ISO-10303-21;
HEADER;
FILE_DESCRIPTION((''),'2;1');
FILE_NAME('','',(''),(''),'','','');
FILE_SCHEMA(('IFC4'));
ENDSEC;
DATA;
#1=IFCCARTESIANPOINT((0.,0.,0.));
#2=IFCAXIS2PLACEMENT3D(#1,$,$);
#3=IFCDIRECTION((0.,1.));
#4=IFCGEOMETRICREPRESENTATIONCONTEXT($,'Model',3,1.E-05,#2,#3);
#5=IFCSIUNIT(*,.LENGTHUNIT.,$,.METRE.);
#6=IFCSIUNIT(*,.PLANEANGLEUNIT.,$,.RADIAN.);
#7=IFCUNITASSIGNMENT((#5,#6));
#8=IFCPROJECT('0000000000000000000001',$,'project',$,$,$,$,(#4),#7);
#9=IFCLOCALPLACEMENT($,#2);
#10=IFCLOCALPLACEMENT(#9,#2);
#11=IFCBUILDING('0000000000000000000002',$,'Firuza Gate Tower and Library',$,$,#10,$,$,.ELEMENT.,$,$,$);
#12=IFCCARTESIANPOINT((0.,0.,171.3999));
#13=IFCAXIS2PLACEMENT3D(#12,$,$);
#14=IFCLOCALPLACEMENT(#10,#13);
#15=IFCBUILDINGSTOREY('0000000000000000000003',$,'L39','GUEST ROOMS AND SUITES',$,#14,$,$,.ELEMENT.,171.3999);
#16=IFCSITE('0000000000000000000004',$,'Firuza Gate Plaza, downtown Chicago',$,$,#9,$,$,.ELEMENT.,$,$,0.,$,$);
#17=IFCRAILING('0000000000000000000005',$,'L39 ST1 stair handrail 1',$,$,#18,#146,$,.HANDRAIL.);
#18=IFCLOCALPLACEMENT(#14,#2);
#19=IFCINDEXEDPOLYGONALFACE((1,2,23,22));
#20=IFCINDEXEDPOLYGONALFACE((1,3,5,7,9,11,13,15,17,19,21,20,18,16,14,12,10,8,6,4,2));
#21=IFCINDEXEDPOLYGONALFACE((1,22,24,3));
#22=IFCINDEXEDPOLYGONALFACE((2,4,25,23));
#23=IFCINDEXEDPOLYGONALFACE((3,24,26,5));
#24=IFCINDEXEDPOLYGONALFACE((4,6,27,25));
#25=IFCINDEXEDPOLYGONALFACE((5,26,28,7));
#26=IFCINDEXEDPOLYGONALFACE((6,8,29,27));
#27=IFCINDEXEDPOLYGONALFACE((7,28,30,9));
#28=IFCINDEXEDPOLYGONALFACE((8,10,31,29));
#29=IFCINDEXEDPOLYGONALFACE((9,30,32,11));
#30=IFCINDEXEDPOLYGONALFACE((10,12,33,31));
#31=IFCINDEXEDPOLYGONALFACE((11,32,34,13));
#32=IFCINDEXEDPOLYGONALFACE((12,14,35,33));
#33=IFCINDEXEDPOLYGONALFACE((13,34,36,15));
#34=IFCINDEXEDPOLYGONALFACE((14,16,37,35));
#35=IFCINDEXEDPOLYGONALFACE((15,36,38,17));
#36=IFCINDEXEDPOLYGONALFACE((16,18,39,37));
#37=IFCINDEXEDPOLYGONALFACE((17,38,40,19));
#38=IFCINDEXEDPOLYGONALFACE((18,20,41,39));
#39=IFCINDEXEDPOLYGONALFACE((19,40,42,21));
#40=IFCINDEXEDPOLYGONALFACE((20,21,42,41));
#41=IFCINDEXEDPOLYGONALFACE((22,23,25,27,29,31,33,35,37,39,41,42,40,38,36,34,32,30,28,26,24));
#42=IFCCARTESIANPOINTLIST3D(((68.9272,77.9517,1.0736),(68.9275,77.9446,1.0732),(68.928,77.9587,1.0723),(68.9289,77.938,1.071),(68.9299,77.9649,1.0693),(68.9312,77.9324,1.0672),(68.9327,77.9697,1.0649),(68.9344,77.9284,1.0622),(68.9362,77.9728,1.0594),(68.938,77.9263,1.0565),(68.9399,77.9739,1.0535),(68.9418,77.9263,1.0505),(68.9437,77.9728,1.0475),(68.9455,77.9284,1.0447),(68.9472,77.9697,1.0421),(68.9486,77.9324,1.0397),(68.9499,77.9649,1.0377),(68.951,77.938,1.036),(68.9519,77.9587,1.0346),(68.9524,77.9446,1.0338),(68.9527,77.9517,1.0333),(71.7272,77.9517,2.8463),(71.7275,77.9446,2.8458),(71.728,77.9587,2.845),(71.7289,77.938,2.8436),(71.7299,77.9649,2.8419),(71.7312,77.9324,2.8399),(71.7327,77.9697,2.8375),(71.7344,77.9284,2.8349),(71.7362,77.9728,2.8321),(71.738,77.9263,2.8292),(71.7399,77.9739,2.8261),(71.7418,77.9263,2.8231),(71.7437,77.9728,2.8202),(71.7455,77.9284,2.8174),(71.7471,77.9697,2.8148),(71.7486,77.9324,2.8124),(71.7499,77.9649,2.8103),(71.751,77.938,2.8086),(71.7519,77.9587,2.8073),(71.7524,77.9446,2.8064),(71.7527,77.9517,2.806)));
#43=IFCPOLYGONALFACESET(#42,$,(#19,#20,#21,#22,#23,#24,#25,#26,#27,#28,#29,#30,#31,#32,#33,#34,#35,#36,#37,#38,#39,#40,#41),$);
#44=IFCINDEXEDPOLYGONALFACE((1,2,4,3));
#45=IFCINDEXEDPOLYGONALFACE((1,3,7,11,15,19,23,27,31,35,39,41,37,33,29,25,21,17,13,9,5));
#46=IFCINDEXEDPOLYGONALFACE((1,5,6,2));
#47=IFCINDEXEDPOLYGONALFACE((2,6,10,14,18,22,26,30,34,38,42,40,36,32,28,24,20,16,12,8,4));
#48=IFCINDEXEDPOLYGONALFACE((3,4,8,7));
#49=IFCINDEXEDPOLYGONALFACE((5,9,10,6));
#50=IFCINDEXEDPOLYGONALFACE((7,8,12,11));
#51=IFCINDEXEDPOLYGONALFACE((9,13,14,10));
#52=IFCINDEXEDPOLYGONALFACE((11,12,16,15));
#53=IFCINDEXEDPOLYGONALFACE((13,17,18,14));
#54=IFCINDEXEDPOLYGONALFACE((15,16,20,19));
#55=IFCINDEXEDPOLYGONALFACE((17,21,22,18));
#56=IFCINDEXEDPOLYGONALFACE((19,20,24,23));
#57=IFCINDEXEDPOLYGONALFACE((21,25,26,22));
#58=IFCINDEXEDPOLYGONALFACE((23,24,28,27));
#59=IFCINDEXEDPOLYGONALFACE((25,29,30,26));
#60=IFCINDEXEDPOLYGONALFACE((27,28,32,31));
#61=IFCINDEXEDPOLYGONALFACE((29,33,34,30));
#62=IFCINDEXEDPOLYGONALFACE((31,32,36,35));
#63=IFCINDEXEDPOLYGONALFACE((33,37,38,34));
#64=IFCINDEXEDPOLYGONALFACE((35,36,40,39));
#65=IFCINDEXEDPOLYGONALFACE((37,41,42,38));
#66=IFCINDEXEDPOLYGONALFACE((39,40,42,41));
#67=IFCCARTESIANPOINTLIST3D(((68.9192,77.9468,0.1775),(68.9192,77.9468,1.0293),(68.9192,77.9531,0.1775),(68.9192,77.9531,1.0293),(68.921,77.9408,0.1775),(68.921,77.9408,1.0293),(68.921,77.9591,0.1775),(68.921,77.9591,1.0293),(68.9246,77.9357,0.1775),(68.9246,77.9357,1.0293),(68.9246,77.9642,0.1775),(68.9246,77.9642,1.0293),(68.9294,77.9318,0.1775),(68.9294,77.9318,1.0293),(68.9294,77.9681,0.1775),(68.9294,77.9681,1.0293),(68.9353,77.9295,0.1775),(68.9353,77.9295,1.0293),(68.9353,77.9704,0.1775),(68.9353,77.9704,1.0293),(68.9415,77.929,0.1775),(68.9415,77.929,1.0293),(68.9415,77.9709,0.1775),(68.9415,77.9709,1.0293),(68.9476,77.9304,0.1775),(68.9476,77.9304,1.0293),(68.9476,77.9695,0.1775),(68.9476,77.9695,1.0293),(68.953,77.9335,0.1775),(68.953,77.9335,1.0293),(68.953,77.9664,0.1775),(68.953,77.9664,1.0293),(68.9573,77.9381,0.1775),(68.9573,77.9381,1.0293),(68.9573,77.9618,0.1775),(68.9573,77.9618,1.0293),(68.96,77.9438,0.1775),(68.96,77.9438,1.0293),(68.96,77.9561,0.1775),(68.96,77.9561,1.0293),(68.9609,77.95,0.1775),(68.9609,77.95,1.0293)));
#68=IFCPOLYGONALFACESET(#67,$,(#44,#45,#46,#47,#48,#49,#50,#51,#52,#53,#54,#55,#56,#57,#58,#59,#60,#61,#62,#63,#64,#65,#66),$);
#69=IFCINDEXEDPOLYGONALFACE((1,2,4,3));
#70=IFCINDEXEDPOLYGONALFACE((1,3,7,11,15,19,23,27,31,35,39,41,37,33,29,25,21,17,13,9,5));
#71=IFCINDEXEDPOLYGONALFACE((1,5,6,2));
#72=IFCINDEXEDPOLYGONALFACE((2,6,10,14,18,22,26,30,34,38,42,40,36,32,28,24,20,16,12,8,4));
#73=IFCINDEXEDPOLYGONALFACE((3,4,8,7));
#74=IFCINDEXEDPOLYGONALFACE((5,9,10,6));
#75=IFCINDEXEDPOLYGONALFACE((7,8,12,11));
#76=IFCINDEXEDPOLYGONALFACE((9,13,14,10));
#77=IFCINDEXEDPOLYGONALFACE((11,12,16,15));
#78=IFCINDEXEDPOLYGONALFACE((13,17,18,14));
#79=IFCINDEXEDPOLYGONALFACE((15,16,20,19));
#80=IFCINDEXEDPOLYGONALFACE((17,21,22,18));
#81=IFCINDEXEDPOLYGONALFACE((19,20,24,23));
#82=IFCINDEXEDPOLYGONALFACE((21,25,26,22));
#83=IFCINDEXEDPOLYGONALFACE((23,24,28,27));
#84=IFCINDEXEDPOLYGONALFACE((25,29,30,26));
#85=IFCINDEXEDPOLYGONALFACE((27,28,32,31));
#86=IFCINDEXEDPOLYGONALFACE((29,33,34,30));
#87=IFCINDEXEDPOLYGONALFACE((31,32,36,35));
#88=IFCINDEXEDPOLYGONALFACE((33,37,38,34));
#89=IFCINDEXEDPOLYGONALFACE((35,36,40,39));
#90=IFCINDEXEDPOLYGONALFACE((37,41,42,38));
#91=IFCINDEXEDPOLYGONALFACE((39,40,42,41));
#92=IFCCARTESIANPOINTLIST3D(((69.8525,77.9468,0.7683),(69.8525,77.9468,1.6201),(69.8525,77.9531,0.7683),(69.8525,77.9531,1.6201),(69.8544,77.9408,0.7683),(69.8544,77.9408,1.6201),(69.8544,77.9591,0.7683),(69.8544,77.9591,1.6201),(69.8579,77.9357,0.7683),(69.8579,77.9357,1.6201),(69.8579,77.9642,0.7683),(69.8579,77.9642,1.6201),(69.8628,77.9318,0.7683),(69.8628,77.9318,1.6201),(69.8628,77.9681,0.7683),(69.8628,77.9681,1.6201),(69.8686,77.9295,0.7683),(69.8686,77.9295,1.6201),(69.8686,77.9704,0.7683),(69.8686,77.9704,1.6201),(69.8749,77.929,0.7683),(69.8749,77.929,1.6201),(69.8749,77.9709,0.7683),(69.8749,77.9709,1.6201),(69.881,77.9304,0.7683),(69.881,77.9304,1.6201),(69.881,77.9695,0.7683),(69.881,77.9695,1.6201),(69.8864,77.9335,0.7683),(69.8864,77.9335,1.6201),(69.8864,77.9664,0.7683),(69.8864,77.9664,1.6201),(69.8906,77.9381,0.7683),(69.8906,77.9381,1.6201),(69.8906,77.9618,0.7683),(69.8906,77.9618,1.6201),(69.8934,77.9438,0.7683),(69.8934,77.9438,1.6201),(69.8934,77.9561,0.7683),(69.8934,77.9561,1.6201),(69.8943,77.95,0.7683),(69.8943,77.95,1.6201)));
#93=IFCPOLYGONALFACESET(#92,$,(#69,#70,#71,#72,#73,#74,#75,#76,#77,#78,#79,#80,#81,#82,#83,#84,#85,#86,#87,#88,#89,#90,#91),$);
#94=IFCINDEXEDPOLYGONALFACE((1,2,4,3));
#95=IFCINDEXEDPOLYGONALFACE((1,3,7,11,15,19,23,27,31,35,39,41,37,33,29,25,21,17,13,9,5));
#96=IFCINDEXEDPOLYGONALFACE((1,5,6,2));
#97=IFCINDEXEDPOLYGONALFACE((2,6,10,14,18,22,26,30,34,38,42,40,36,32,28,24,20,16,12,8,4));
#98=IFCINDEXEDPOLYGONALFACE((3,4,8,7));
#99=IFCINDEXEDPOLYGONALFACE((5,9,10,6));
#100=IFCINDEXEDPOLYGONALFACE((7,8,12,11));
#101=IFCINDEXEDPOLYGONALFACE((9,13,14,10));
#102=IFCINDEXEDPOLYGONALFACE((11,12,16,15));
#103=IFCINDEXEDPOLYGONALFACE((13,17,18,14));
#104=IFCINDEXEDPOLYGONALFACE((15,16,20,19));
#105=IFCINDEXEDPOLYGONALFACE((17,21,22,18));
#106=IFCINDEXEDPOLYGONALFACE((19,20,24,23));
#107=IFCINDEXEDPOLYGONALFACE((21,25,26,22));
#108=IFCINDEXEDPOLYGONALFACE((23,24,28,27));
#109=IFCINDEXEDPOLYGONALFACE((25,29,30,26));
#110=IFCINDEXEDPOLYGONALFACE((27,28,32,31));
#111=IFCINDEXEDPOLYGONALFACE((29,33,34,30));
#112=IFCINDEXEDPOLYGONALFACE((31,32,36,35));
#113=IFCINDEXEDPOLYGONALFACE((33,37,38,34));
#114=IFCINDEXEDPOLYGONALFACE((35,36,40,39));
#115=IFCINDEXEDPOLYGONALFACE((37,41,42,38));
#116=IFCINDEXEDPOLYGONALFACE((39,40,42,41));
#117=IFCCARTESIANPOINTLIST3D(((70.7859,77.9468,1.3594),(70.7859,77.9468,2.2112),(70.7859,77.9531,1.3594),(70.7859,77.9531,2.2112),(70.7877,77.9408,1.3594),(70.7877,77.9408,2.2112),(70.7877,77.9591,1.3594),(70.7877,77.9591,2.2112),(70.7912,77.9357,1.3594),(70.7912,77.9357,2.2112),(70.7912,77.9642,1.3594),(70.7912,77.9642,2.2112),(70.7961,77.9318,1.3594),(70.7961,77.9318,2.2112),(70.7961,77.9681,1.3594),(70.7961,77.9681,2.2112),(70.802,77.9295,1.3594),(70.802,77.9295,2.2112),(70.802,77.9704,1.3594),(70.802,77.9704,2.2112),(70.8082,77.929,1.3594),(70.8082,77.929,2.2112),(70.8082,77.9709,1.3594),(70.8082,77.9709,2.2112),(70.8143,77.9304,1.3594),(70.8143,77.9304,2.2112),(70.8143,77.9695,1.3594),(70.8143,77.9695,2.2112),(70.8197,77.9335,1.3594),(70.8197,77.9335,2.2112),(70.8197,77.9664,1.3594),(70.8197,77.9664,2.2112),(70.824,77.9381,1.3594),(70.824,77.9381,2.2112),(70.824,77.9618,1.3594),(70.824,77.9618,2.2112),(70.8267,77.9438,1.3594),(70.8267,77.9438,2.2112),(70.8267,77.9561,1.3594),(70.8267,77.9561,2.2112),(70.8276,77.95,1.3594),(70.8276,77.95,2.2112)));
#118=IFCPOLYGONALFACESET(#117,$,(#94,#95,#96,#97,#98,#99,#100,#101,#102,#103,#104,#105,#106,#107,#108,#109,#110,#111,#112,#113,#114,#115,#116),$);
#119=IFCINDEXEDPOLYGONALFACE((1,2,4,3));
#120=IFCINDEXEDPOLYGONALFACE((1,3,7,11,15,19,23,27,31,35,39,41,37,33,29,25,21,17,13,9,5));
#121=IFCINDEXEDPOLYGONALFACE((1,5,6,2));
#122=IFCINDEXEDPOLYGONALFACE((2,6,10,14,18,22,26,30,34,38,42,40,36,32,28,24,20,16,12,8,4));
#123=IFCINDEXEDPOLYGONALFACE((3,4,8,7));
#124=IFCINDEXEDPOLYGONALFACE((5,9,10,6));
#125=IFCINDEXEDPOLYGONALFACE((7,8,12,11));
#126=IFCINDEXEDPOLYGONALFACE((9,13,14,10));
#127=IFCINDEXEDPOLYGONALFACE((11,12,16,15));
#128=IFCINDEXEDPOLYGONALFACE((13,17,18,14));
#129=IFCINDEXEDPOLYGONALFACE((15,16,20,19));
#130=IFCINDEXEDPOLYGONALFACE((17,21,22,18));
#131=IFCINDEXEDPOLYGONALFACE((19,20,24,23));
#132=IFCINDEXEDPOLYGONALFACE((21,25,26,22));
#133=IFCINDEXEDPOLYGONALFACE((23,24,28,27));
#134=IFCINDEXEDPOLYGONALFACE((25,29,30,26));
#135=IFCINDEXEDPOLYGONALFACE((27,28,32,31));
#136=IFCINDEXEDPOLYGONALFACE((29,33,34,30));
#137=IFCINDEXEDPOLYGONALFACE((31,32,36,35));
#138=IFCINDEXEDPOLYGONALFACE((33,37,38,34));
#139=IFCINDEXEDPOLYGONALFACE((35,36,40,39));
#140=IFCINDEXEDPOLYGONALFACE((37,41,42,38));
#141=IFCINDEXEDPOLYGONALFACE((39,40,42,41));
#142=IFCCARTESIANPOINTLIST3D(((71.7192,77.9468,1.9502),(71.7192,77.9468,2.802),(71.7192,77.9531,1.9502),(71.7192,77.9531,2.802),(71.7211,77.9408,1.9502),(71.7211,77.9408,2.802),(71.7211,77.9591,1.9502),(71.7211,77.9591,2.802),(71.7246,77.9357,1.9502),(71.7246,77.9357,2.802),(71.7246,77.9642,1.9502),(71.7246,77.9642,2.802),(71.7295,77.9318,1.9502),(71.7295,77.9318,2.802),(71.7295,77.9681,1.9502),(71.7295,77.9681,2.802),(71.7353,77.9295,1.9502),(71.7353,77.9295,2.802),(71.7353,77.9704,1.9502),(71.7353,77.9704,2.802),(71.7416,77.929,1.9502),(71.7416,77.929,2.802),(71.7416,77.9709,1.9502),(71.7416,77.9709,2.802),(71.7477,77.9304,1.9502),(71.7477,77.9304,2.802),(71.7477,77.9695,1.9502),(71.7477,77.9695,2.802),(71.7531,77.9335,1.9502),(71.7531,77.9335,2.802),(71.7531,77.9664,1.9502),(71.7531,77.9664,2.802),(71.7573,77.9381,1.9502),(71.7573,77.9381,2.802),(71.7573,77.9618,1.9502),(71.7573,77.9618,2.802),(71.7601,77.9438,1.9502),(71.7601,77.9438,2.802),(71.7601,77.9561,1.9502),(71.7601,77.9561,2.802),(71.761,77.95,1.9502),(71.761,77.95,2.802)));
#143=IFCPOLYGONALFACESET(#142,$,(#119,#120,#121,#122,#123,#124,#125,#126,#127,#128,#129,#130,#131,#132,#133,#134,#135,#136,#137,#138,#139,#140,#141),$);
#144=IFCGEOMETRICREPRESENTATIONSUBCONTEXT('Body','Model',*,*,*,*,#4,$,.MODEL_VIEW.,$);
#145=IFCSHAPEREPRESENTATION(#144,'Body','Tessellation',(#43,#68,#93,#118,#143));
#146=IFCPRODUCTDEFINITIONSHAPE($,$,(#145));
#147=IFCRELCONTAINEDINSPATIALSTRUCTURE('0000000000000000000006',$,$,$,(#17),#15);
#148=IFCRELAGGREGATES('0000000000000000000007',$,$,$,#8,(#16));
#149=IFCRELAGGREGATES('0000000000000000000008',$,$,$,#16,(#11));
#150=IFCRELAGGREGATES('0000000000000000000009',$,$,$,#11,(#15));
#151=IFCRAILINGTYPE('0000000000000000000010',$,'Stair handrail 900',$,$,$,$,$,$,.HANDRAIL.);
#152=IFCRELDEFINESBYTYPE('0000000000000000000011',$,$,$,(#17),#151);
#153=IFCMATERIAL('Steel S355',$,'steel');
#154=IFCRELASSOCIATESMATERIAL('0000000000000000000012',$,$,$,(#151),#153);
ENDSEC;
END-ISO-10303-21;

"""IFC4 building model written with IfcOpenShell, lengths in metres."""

from ifc_helpers import new_model, si_unit, direction, frame, origin, origin_2d, place, context, subcontext, project, spatial, circle, extrude, material, type_object, element, save


model = new_model("IFC4")

# Units and contexts
model_context = context("Model", 3, precision=1e-05, world=origin(), true_north=direction((0.0, 1.0)))
body_context = subcontext(model_context, "Body", "Model", "MODEL_VIEW")
ifc_project = project(units=[si_unit("LENGTHUNIT", "METRE"), si_unit("PLANEANGLEUNIT", "RADIAN")], contexts=[model_context])

# Site, building, storey
site_placement = place(None, origin())
site = spatial("IfcSite", under=ifc_project, at=site_placement, Name="Firuza Gate Plaza, downtown Chicago", CompositionType="ELEMENT", RefElevation=0.0)
building_placement = place(site_placement, origin())
building = spatial("IfcBuilding", under=site, at=building_placement, Name="Firuza Gate Tower and Library", CompositionType="ELEMENT")
storey_placement = place(building_placement, frame((0.0, 0.0, 171.3999)))
storey = spatial("IfcBuildingStorey", under=building, at=storey_placement, Name="L39", Description="GUEST ROOMS AND SUITES", CompositionType="ELEMENT", Elevation=171.3999)

# Railing
ifc_material_1 = material(Name="Steel S355", Category="steel")
railing_type_1 = type_object("IfcRailingType", Name="Stair handrail 900", PredefinedType="HANDRAIL", material=ifc_material_1)
railing_1_placement = place(storey_placement, frame((68.9399, 77.95, 0.1775)))
element("IfcRailing", 1, at=railing_1_placement, inside=storey, type_object=railing_type_1, Name="L39 ST1 stair handrail 1", PredefinedType="HANDRAIL", context=body_context, shape_type="SweptSolid", body=[
    extrude(circle(Radius=0.0239, at=origin_2d()), frame((0.0, 0.0, 0.876), z_axis=(0.844909, 0.0, 0.53491), x_axis=(0.0, 1.0, 0.0)), (0.0, 0.0, 1.0), 3.314),
    extrude(circle(Radius=0.021, at=origin_2d()), origin(), (0.0, 0.0, 1.0), 0.8518),
    extrude(circle(Radius=0.021, at=origin_2d()), frame((0.9333, 0.0, 0.5908)), (0.0, 0.0, 1.0), 0.8518),
    extrude(circle(Radius=0.021, at=origin_2d()), frame((1.8667, 0.0, 1.1819)), (0.0, 0.0, 1.0), 0.8518),
    extrude(circle(Radius=0.021, at=origin_2d()), frame((2.8, 0.0, 1.7727)), (0.0, 0.0, 1.0), 0.8518),
])

save(model, "model.ifc")
